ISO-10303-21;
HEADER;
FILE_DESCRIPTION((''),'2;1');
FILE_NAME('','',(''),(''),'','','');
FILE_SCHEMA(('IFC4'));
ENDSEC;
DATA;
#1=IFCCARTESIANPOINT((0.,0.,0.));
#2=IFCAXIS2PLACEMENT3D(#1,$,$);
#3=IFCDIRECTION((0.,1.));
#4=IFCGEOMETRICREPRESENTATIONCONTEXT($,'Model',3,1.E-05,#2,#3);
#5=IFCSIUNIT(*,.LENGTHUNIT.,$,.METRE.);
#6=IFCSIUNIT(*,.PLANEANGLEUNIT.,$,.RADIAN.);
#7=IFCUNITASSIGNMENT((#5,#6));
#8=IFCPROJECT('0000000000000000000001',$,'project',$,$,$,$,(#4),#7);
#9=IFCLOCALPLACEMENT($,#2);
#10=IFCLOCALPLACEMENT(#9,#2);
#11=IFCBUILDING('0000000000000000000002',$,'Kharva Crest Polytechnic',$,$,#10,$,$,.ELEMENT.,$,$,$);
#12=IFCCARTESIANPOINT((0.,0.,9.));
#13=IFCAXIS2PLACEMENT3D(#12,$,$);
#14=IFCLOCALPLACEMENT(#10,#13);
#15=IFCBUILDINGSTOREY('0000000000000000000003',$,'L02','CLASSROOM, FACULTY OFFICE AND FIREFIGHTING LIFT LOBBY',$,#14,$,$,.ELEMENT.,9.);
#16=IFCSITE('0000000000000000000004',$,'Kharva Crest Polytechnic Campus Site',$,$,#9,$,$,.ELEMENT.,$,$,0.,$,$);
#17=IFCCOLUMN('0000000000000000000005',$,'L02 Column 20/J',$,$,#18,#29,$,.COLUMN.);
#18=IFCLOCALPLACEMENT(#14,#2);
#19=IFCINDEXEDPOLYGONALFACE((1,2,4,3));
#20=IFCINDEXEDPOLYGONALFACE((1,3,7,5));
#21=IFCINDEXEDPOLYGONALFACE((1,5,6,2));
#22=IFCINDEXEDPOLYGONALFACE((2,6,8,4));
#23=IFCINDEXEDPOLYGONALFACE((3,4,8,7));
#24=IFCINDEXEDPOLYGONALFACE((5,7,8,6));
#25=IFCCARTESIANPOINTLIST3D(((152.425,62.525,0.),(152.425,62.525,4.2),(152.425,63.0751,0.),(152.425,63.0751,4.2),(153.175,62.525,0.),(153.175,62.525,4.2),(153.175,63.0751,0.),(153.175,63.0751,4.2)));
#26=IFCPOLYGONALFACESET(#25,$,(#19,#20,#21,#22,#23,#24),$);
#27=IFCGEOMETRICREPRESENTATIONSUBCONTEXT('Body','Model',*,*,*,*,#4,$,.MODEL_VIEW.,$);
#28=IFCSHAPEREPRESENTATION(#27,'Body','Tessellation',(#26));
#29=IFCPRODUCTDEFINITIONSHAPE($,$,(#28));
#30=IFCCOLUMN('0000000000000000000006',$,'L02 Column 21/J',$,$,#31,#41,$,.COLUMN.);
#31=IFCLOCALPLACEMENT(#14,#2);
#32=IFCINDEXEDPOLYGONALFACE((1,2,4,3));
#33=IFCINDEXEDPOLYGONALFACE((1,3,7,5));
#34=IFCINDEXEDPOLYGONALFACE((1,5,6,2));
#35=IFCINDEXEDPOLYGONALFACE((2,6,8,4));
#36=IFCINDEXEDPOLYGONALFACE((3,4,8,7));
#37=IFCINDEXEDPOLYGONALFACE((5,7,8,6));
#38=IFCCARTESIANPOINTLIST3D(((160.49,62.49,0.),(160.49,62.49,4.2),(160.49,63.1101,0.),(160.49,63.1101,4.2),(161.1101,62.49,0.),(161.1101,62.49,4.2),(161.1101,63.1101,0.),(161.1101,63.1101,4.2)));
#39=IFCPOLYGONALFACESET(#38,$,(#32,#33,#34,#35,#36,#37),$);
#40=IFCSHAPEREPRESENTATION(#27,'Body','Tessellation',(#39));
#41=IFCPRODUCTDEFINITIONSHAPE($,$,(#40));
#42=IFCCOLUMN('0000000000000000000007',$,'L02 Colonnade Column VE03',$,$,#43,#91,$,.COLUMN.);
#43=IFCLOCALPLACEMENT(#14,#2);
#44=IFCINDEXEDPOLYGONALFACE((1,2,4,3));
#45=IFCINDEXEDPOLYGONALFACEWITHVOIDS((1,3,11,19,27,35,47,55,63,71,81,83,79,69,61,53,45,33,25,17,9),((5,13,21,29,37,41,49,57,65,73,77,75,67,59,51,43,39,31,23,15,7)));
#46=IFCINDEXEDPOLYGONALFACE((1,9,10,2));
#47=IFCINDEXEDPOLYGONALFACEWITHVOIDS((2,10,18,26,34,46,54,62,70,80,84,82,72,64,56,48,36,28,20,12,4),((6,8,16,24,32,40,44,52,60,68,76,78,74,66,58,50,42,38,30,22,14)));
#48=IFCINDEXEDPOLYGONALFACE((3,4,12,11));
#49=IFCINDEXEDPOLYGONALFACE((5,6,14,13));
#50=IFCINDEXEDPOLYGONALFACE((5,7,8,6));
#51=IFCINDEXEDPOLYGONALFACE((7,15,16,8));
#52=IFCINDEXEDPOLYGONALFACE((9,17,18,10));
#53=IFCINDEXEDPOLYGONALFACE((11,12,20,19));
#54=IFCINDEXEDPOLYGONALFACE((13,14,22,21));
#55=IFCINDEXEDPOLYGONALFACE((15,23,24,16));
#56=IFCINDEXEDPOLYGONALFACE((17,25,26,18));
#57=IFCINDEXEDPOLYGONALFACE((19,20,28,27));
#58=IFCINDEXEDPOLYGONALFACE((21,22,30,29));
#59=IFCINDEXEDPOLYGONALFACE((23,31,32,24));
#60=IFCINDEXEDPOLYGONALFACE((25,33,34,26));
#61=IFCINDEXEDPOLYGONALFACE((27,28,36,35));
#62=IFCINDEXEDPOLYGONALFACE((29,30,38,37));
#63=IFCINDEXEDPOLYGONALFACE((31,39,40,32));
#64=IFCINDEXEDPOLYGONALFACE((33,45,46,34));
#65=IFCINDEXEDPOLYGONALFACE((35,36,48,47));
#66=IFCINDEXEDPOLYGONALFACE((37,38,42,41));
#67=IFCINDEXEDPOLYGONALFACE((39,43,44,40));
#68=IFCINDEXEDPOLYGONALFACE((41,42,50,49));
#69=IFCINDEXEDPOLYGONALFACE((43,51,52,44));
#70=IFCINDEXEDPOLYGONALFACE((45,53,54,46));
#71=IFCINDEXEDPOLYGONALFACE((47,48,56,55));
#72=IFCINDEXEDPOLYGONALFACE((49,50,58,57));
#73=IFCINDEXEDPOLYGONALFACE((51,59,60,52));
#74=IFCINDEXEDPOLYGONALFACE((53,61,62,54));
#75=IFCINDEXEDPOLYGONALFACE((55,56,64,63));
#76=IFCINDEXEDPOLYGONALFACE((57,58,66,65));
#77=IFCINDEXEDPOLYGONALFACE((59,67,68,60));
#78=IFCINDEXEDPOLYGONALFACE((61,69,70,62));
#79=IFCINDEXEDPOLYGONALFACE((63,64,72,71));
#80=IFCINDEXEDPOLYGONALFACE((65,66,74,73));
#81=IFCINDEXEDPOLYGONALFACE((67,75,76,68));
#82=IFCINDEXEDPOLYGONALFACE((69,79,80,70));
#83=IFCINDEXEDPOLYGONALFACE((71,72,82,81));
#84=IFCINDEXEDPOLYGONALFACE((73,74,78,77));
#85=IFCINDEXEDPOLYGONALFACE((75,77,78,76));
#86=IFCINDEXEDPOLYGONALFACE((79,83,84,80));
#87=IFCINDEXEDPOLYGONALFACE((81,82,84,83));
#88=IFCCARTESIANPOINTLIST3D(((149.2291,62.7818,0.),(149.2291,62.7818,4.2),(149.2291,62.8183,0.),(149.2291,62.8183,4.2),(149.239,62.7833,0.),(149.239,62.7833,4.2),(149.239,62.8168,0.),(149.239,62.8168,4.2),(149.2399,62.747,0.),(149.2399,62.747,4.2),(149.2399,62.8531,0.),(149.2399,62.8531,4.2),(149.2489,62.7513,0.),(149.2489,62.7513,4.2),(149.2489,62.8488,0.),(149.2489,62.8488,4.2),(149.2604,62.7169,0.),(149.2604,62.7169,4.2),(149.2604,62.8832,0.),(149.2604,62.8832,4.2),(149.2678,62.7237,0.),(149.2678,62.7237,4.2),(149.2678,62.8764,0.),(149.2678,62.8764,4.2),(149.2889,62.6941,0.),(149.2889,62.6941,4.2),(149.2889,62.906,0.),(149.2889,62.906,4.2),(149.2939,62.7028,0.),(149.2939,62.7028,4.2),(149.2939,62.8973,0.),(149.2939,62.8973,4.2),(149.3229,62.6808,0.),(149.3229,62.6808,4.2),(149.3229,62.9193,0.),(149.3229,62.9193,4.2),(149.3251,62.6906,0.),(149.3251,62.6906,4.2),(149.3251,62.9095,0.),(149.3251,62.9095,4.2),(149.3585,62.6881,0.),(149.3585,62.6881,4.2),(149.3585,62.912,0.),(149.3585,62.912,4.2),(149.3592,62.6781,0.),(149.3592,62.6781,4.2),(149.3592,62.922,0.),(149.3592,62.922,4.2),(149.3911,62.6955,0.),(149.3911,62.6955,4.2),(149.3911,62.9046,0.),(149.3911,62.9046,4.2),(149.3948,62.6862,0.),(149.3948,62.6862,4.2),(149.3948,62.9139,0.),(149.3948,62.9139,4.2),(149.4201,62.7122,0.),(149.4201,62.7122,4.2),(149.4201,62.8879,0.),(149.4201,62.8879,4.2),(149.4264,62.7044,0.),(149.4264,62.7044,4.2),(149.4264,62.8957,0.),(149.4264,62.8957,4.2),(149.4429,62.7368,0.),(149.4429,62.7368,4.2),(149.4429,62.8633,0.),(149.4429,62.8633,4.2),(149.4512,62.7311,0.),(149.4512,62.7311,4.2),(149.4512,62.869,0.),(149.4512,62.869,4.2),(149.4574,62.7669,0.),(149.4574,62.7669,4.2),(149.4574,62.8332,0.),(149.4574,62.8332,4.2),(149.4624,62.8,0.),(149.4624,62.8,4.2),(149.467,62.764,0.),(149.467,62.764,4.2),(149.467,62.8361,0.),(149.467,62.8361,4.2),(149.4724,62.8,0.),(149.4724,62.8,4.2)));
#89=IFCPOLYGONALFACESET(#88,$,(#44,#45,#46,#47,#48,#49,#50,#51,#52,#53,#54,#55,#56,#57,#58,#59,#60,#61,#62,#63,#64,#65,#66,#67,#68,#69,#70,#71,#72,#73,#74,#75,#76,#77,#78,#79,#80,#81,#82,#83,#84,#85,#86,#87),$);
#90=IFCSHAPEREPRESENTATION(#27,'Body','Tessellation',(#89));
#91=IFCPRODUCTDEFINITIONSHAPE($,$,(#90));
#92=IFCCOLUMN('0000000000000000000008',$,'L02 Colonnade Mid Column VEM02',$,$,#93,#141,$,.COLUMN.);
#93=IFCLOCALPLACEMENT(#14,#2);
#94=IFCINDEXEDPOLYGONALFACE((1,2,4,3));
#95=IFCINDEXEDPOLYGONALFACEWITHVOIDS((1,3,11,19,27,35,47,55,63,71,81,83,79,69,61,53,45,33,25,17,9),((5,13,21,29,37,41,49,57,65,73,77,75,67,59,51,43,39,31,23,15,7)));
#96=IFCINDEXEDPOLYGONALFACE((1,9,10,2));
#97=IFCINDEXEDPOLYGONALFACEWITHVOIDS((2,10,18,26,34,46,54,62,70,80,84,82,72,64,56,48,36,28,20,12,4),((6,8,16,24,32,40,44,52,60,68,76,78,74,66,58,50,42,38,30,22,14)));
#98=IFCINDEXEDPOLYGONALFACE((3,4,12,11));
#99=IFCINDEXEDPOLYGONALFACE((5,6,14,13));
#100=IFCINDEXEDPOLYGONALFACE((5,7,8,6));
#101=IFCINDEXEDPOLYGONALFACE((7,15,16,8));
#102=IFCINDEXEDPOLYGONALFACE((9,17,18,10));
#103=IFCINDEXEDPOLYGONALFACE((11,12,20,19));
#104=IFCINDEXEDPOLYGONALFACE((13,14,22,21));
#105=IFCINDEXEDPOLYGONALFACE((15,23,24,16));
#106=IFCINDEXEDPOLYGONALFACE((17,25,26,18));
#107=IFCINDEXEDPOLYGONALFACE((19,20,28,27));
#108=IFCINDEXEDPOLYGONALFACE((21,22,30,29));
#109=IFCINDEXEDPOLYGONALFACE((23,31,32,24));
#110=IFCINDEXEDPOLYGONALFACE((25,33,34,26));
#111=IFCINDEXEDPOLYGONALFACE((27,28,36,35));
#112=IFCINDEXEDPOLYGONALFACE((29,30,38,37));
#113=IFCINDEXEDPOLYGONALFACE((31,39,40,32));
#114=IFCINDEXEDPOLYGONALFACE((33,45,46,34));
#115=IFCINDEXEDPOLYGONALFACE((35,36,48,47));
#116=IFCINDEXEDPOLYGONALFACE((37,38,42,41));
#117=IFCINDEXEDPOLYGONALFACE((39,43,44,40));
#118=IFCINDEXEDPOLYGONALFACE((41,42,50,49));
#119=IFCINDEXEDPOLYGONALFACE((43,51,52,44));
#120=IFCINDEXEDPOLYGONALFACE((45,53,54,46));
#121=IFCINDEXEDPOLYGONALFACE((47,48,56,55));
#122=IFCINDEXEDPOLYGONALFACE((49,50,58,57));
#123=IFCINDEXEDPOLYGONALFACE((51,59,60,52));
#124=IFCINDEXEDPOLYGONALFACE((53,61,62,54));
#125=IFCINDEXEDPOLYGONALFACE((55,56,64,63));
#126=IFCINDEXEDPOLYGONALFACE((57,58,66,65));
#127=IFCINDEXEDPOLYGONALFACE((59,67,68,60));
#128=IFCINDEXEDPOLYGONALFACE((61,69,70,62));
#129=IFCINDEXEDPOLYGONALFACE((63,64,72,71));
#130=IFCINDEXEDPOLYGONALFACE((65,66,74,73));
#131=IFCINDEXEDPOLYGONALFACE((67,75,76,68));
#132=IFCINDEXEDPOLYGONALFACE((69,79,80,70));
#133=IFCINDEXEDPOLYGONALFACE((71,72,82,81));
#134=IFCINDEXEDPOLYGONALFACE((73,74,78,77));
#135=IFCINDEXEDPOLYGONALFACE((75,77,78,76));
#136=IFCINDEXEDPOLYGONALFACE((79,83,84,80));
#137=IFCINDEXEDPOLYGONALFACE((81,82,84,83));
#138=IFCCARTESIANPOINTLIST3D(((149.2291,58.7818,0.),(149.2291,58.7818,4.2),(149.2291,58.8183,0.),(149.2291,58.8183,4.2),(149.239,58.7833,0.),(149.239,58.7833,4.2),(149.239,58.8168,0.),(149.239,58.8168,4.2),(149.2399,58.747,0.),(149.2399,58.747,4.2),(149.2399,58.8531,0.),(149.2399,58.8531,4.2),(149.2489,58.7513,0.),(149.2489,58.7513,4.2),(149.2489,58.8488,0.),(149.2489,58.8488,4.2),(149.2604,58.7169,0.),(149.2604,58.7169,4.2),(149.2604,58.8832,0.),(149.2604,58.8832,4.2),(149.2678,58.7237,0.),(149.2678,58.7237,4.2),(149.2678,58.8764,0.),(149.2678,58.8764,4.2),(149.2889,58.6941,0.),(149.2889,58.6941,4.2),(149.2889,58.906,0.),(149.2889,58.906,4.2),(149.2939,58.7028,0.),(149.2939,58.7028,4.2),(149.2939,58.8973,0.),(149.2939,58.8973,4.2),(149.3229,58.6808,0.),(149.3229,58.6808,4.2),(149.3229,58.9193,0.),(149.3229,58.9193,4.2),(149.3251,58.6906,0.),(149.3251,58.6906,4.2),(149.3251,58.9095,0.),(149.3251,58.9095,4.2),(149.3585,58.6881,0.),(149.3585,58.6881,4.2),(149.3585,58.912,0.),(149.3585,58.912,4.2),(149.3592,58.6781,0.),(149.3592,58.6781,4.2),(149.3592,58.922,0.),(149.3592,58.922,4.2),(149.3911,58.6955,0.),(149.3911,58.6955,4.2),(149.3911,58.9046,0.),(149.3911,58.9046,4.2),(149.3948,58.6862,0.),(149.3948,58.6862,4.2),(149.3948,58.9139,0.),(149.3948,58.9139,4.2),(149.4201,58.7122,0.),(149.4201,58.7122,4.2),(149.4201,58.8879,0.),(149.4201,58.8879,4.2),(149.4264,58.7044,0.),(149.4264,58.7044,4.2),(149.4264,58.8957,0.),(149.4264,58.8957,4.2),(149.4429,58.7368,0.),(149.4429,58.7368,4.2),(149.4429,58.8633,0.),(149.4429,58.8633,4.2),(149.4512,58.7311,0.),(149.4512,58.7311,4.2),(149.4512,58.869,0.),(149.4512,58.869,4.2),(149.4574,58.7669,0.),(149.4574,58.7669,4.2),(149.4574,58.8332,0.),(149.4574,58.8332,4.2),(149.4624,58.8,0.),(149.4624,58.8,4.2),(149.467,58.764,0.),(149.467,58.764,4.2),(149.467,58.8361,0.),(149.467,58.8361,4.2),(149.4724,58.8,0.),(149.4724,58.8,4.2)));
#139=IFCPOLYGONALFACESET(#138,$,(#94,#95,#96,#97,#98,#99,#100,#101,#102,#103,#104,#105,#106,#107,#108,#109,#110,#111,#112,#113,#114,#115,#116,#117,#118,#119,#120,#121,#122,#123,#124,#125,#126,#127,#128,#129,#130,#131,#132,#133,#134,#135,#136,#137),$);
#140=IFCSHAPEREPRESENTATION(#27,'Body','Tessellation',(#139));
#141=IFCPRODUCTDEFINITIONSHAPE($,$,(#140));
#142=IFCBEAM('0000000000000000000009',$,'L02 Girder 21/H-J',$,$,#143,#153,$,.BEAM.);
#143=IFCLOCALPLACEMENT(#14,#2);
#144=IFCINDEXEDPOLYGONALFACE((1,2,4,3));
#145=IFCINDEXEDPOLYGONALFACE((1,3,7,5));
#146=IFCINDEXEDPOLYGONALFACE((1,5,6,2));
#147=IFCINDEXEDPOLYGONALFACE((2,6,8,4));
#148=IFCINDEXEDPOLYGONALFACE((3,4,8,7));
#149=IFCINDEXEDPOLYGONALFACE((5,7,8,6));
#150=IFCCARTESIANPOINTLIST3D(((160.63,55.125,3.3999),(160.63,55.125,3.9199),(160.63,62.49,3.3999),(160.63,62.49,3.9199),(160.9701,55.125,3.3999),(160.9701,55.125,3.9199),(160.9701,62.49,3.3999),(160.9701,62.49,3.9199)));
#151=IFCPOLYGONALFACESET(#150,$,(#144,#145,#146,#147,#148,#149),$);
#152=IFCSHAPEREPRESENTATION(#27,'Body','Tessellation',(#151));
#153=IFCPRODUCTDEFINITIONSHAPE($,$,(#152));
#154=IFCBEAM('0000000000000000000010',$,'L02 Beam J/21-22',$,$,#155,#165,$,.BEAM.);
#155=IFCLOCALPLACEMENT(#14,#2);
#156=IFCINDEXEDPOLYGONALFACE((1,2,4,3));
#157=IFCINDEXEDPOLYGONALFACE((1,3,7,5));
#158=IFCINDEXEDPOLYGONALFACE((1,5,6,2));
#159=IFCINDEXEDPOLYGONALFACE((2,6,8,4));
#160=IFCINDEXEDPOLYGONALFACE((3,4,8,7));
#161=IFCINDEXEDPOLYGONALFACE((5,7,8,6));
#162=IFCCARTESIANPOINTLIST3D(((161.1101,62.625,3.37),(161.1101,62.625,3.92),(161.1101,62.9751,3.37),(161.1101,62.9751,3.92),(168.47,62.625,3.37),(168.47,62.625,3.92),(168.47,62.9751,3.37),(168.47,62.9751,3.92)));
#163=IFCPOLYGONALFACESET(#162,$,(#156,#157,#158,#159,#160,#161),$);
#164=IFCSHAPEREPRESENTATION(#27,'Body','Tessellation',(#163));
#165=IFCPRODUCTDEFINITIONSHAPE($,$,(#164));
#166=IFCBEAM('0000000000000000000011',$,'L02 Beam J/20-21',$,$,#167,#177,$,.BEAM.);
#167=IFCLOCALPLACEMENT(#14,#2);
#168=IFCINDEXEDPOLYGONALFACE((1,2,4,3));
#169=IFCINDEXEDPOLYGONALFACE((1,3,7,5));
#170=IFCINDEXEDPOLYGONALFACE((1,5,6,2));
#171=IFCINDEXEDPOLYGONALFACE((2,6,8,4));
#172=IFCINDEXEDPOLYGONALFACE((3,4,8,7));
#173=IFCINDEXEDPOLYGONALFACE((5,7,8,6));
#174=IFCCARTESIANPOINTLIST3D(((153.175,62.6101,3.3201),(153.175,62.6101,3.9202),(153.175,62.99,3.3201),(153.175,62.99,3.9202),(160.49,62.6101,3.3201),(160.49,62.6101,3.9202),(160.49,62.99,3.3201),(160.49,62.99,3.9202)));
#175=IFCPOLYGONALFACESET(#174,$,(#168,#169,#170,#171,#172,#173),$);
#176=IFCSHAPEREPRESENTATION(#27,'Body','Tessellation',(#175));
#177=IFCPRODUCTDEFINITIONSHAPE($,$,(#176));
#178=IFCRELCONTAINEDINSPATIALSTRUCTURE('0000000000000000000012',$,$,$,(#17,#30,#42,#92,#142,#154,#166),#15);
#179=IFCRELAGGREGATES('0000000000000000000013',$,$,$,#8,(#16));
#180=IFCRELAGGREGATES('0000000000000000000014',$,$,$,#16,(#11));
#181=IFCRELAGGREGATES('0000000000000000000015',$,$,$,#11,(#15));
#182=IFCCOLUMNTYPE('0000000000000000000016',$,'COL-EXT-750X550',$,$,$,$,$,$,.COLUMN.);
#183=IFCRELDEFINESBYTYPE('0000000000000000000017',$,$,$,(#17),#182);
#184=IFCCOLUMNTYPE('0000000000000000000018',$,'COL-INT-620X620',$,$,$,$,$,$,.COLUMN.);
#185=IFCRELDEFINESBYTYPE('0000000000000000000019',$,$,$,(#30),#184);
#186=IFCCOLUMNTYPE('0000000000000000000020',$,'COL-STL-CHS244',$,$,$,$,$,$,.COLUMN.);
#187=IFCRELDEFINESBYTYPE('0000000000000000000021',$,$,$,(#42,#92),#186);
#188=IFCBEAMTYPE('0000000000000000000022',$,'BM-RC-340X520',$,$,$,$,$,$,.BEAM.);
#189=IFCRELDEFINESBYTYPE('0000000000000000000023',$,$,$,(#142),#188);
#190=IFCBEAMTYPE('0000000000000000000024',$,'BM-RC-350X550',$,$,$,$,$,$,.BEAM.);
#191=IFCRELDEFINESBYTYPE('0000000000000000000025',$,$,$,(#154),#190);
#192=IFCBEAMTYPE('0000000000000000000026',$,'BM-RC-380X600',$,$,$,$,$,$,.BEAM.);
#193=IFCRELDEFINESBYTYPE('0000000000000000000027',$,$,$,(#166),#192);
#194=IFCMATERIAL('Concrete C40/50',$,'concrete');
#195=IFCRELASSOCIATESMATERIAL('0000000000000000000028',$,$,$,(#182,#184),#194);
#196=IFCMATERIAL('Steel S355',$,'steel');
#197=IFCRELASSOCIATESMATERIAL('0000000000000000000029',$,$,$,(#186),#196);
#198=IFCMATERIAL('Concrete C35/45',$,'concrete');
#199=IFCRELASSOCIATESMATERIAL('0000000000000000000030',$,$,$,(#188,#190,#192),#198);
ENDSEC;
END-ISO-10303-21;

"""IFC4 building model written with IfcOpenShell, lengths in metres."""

from ifc_helpers import new_model, si_unit, direction, frame, origin, origin_2d, place, context, subcontext, project, spatial, rectangle, hollow_circle, extrude, material, material_profile, profile_set, type_object, element, save


model = new_model("IFC4")

# Units and contexts
model_context = context("Model", 3, precision=1e-05, world=origin(), true_north=direction((0.0, 1.0)))
body_context = subcontext(model_context, "Body", "Model", "MODEL_VIEW")
ifc_project = project(units=[si_unit("LENGTHUNIT", "METRE"), si_unit("PLANEANGLEUNIT", "RADIAN")], contexts=[model_context])

# Site, building, storey
site_placement = place(None, origin())
site = spatial("IfcSite", under=ifc_project, at=site_placement, Name="Kharva Crest Polytechnic Campus Site", CompositionType="ELEMENT", RefElevation=0.0)
building_placement = place(site_placement, origin())
building = spatial("IfcBuilding", under=site, at=building_placement, Name="Kharva Crest Polytechnic", CompositionType="ELEMENT")
storey_placement = place(building_placement, frame((0.0, 0.0, 9.0)))
storey = spatial("IfcBuildingStorey", under=building, at=storey_placement, Name="L02", Description="CLASSROOM, FACULTY OFFICE AND FIREFIGHTING LIFT LOBBY", CompositionType="ELEMENT", Elevation=9.0)

# Columns
ifc_material_1 = material(Name="Concrete C40/50", Category="concrete")
ifc_material_profile_1 = material_profile(ifc_material_1, rectangle(XDim=0.75, YDim=0.55, at=origin_2d()), Name="RECT 750 X 550")
ifc_profile_set_1 = profile_set([ifc_material_profile_1], Name="Concrete C40/50")
column_type_1 = type_object("IfcColumnType", Name="COL-EXT-750X550", PredefinedType="COLUMN", material=ifc_profile_set_1)
column_1_placement = place(storey_placement, frame((152.8, 62.8, 0.0), z_axis=(0.0, 0.0, 1.0), x_axis=(1.0, 0.0, 0.0)))
element("IfcColumn", 1, at=column_1_placement, inside=storey, type_object=column_type_1, Name="L02 Column 20/J", PredefinedType="COLUMN", context=body_context, shape_type="SweptSolid", body=[
    extrude(rectangle(XDim=0.75, YDim=0.55, at=origin_2d()), origin(), (0.0, 0.0, 1.0), 4.2),
])
ifc_material_profile_2 = material_profile(ifc_material_1, rectangle(XDim=0.6201, YDim=0.6201, at=origin_2d()), Name="RECT 620 X 620")
ifc_profile_set_2 = profile_set([ifc_material_profile_2], Name="Concrete C40/50")
column_type_2 = type_object("IfcColumnType", Name="COL-INT-620X620", PredefinedType="COLUMN", material=ifc_profile_set_2)
column_2_placement = place(storey_placement, frame((160.8, 62.8, 0.0), z_axis=(0.0, 0.0, 1.0), x_axis=(1.0, 0.0, 0.0)))
element("IfcColumn", 2, at=column_2_placement, inside=storey, type_object=column_type_2, Name="L02 Column 21/J", PredefinedType="COLUMN", context=body_context, shape_type="SweptSolid", body=[
    extrude(rectangle(XDim=0.6201, YDim=0.6201, at=origin_2d()), origin(), (0.0, 0.0, 1.0), 4.2),
])
ifc_material_2 = material(Name="Steel S355", Category="steel")
ifc_material_profile_3 = material_profile(ifc_material_2, hollow_circle(Radius=0.1223, WallThickness=0.01, at=origin_2d()), Name="CHS 244.5X10.0")
ifc_profile_set_3 = profile_set([ifc_material_profile_3], Name="Steel S355")
column_type_3 = type_object("IfcColumnType", Name="COL-STL-CHS244", PredefinedType="COLUMN", material=ifc_profile_set_3)
for number, where, z_axis, x_axis, name in (
    (3, (149.3501, 62.8, 0.0), (0.0, 0.0, 1.0), (1.0, 0.0, 0.0), "L02 Colonnade Column VE03"),
    (4, (149.3501, 58.8, 0.0), (0.0, 0.0, 1.0), (1.0, 0.0, 0.0), "L02 Colonnade Mid Column VEM02"),
):
    element("IfcColumn", number, at=place(storey_placement, frame(where, z_axis=z_axis, x_axis=x_axis)), inside=storey, type_object=column_type_3, Name=name, PredefinedType="COLUMN", context=body_context, shape_type="SweptSolid", body=[
        extrude(hollow_circle(Radius=0.1223, WallThickness=0.01, at=origin_2d()), origin(), (0.0, 0.0, 1.0), 4.2),
    ])

# Beams
ifc_material_3 = material(Name="Concrete C35/45", Category="concrete")
ifc_material_profile_4 = material_profile(ifc_material_3, rectangle(XDim=0.3401, YDim=0.52, at=origin_2d()), Name="RECT 340 X 520")
ifc_profile_set_4 = profile_set([ifc_material_profile_4], Name="Concrete C35/45")
beam_type_1 = type_object("IfcBeamType", Name="BM-RC-340X520", PredefinedType="BEAM", material=ifc_profile_set_4)
beam_1_placement = place(storey_placement, frame((160.8, 55.125, 3.6599), z_axis=(0.0, 1.0, 0.0), x_axis=(-1.0, 0.0, 0.0)))
element("IfcBeam", 5, at=beam_1_placement, inside=storey, type_object=beam_type_1, Name="L02 Girder 21/H-J", PredefinedType="BEAM", context=body_context, shape_type="SweptSolid", body=[
    extrude(rectangle(XDim=0.3401, YDim=0.52, at=origin_2d()), origin(), (0.0, 0.0, 1.0), 7.365),
])
ifc_material_profile_5 = material_profile(ifc_material_3, rectangle(XDim=0.3501, YDim=0.55, at=origin_2d()), Name="RECT 350 X 550")
ifc_profile_set_5 = profile_set([ifc_material_profile_5], Name="Concrete C35/45")
beam_type_2 = type_object("IfcBeamType", Name="BM-RC-350X550", PredefinedType="BEAM", material=ifc_profile_set_5)
beam_2_placement = place(storey_placement, frame((161.1101, 62.8, 3.645), z_axis=(1.0, 0.0, 0.0), x_axis=(0.0, 1.0, 0.0)))
element("IfcBeam", 6, at=beam_2_placement, inside=storey, type_object=beam_type_2, Name="L02 Beam J/21-22", PredefinedType="BEAM", context=body_context, shape_type="SweptSolid", body=[
    extrude(rectangle(XDim=0.3501, YDim=0.55, at=origin_2d()), origin(), (0.0, 0.0, 1.0), 7.3599),
])
ifc_material_profile_6 = material_profile(ifc_material_3, rectangle(XDim=0.3799, YDim=0.6001, at=origin_2d()), Name="RECT 380 X 600")
ifc_profile_set_6 = profile_set([ifc_material_profile_6], Name="Concrete C35/45")
beam_type_3 = type_object("IfcBeamType", Name="BM-RC-380X600", PredefinedType="BEAM", material=ifc_profile_set_6)
beam_3_placement = place(storey_placement, frame((153.175, 62.8, 3.6201), z_axis=(1.0, 0.0, 0.0), x_axis=(0.0, 1.0, 0.0)))
element("IfcBeam", 7, at=beam_3_placement, inside=storey, type_object=beam_type_3, Name="L02 Beam J/20-21", PredefinedType="BEAM", context=body_context, shape_type="SweptSolid", body=[
    extrude(rectangle(XDim=0.3799, YDim=0.6001, at=origin_2d()), origin(), (0.0, 0.0, 1.0), 7.3149),
])

save(model, "model.ifc")
